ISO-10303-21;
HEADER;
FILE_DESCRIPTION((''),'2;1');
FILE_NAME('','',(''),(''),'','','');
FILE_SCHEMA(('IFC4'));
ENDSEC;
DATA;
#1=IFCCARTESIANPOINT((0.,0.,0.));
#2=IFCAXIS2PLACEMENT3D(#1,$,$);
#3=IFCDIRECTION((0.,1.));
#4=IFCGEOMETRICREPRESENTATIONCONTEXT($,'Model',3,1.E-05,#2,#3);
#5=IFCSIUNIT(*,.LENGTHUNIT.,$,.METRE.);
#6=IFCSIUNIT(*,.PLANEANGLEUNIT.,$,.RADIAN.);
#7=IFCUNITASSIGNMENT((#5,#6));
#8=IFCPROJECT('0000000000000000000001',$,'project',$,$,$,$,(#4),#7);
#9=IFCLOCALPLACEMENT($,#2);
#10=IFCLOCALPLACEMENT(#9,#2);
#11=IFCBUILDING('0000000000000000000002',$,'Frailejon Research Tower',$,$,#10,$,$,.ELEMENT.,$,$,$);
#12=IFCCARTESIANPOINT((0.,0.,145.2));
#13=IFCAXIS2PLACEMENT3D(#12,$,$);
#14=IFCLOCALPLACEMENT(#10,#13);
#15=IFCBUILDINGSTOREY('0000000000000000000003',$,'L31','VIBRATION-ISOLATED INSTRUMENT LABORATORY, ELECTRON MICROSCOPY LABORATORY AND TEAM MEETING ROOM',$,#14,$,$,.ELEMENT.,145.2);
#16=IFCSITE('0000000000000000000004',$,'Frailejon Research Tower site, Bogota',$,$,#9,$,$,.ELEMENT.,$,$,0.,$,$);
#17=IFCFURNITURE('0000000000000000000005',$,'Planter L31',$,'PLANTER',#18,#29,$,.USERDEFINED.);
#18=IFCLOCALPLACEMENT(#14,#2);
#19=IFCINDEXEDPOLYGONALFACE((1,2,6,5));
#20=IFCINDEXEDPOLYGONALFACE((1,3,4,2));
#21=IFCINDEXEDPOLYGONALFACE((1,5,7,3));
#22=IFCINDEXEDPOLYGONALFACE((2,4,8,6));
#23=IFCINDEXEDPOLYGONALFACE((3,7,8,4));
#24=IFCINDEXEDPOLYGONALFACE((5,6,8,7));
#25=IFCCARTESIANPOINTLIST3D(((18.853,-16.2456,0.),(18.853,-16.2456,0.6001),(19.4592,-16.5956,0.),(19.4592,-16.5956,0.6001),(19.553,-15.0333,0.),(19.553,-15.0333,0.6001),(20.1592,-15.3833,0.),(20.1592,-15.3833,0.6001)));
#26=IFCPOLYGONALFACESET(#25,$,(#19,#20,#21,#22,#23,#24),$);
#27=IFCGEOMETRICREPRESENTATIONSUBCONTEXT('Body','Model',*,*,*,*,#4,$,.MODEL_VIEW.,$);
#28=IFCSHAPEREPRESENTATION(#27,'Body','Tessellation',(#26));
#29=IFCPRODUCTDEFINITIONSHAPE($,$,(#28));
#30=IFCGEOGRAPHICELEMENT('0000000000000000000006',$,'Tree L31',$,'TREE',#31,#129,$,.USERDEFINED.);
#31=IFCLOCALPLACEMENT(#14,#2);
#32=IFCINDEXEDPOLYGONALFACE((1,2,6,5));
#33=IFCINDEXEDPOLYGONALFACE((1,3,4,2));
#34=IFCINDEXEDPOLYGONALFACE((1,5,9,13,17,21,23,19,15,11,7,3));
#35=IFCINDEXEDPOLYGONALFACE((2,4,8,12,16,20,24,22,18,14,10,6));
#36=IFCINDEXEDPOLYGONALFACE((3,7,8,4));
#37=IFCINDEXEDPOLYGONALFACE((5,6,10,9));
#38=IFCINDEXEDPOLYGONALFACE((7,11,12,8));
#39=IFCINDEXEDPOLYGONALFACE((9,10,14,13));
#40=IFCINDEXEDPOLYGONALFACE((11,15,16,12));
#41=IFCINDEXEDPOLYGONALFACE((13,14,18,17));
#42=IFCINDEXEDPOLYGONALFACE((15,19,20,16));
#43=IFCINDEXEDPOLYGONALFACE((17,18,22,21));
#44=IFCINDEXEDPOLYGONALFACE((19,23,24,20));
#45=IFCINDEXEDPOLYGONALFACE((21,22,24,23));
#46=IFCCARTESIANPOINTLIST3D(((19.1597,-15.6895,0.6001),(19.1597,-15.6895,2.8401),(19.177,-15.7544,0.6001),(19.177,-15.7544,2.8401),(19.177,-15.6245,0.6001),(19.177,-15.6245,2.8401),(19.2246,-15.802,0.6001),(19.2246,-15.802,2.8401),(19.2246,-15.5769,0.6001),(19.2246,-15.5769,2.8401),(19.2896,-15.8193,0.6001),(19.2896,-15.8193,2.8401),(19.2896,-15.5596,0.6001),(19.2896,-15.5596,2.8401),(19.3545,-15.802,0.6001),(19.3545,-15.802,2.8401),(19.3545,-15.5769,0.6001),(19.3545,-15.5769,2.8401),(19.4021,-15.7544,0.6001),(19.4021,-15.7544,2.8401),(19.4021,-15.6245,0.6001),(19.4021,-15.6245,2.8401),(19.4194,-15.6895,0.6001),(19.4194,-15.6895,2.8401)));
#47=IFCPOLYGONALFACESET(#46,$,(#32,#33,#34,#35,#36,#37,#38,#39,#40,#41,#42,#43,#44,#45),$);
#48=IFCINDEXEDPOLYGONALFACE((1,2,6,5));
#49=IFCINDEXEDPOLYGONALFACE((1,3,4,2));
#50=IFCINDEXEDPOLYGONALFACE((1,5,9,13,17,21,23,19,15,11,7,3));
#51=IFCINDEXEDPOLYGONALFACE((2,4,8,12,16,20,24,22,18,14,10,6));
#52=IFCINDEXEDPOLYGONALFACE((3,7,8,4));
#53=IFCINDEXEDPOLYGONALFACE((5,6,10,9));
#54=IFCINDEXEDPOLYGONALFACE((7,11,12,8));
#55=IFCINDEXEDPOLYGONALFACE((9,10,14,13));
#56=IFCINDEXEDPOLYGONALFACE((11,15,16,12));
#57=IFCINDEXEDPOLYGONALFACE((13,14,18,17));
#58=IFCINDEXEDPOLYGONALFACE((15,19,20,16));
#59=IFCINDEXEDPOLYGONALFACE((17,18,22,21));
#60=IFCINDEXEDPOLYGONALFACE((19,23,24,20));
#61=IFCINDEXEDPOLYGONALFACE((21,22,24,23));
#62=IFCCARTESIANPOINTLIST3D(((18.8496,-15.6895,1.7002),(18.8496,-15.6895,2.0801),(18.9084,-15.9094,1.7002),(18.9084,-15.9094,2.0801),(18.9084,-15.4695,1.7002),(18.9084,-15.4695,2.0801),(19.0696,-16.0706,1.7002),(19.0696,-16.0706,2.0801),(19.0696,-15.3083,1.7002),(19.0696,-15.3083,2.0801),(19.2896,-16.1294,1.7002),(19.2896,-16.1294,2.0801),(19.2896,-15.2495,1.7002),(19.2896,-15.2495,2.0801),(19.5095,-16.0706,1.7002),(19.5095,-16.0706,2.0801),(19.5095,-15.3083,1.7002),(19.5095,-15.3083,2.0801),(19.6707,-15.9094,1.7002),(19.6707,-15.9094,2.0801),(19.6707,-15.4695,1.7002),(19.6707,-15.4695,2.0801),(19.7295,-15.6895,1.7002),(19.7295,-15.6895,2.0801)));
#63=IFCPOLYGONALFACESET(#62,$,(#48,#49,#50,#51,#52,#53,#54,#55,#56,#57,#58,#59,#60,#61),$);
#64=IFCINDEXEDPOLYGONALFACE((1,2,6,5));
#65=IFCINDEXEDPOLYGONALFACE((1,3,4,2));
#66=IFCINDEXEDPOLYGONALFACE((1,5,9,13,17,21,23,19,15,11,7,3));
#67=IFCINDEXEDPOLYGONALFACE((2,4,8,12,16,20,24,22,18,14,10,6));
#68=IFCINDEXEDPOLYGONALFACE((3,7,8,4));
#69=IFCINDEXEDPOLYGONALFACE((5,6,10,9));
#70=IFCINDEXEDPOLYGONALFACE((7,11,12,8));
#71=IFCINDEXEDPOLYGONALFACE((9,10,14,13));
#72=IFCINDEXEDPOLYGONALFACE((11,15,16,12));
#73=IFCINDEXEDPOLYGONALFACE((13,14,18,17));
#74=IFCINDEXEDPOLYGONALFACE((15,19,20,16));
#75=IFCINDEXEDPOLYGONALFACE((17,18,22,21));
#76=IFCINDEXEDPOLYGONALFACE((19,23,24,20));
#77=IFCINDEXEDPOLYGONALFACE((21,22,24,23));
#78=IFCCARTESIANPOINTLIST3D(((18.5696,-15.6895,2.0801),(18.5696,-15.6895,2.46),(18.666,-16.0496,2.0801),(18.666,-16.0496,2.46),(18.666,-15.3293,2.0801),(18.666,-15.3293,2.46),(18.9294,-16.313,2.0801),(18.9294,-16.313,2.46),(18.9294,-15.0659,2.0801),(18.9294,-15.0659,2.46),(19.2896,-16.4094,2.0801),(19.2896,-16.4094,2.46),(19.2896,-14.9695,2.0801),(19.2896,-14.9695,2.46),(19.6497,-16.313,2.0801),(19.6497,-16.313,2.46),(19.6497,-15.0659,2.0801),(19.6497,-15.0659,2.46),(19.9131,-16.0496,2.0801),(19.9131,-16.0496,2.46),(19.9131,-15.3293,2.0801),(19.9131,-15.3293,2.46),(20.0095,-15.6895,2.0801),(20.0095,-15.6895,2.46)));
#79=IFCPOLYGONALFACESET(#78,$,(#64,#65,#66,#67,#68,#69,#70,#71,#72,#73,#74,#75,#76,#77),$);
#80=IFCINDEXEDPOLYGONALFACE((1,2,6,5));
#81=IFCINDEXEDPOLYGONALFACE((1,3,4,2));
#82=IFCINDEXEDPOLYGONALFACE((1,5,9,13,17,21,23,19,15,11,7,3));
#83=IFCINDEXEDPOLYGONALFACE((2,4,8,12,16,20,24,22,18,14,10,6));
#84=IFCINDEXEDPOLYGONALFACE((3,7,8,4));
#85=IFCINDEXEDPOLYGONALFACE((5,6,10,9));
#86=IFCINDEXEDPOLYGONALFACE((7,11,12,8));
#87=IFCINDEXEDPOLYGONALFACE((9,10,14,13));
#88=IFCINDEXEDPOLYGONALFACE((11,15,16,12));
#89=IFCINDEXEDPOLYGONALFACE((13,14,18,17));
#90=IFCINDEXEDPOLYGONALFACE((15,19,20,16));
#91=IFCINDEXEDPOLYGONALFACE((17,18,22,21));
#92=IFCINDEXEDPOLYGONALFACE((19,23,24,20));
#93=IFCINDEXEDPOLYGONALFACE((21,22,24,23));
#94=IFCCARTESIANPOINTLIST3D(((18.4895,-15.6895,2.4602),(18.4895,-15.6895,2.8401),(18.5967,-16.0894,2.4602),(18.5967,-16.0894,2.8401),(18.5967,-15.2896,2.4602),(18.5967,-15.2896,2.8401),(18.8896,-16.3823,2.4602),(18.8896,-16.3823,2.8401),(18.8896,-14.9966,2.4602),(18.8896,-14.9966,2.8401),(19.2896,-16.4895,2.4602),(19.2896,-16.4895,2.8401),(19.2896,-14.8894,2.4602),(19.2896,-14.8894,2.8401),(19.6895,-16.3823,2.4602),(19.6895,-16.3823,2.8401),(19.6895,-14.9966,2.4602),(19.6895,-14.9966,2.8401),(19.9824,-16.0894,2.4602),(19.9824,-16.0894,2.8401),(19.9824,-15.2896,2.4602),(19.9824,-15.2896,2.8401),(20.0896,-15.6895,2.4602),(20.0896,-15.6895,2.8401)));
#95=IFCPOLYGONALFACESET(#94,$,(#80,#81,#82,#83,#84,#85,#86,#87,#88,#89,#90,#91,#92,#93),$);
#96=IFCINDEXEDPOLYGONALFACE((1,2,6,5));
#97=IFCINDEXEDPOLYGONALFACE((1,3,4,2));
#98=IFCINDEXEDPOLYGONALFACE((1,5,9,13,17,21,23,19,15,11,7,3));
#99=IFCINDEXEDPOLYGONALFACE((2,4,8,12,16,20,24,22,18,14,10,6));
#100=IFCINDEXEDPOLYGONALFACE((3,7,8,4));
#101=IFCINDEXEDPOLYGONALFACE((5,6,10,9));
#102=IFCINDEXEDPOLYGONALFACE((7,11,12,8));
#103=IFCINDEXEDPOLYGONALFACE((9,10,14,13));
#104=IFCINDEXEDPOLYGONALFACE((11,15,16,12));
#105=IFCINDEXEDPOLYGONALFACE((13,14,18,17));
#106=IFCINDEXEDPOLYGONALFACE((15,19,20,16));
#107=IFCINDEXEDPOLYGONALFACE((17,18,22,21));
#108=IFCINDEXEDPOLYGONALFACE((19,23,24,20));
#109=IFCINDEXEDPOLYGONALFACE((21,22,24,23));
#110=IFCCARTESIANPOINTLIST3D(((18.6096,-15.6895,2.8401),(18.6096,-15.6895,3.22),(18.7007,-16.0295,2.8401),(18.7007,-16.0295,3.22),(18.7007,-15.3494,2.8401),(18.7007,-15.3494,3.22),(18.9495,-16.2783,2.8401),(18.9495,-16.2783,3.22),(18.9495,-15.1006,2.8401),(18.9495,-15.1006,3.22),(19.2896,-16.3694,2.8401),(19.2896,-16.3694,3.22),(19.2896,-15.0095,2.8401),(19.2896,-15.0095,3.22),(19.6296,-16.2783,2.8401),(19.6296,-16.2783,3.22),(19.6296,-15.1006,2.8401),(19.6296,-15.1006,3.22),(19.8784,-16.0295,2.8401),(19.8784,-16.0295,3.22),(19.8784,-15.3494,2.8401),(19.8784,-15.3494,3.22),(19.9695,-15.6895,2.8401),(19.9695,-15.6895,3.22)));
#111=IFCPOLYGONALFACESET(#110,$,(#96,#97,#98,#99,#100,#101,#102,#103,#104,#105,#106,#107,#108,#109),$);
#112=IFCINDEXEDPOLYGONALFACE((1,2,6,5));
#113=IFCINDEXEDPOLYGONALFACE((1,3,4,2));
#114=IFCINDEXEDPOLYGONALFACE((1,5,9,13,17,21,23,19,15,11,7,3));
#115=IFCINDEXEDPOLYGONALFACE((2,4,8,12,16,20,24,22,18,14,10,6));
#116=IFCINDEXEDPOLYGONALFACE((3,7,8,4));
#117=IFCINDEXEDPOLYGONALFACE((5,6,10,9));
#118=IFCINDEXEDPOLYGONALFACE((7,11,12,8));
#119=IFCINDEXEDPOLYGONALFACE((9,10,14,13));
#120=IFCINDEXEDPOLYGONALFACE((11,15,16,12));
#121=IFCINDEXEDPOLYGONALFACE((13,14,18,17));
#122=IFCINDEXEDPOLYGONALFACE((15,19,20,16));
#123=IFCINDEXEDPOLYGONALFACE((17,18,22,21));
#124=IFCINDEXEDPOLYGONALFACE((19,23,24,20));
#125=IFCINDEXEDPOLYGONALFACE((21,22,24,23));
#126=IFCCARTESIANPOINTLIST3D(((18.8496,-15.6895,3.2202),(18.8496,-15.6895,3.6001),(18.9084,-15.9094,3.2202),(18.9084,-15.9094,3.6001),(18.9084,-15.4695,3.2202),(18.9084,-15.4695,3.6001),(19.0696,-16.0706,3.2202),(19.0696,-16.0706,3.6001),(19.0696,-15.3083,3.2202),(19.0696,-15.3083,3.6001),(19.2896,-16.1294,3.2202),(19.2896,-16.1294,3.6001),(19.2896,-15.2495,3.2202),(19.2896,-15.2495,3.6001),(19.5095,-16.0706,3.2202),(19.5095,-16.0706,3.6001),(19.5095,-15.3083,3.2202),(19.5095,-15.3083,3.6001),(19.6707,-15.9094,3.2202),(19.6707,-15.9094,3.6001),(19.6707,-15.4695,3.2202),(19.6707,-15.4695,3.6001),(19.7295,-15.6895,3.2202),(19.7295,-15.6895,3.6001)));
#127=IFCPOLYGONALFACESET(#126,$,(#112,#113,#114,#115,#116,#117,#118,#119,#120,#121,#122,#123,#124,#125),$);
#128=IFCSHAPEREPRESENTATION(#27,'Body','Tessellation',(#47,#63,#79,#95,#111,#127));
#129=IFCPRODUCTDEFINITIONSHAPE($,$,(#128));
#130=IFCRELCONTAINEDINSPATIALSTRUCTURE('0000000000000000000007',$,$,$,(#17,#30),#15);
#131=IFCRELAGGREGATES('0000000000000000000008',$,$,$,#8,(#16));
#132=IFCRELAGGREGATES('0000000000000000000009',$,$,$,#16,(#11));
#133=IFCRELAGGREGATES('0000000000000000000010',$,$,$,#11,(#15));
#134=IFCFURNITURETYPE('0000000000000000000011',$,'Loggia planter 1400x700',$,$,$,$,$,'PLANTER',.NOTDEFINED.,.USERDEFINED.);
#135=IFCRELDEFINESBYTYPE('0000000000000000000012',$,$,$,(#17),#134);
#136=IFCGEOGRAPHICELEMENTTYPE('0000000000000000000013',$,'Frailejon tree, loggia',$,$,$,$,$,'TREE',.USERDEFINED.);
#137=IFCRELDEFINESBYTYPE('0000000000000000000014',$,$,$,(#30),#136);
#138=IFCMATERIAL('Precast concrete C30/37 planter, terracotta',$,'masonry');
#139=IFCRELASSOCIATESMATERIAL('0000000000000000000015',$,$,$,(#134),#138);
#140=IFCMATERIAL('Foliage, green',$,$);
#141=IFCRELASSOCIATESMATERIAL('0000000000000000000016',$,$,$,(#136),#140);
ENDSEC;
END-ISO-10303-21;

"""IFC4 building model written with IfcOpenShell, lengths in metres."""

from ifc_helpers import new_model, si_unit, direction, frame, origin, origin_2d, place, context, subcontext, project, spatial, polyline, rectangle, outline, extrude, material, type_object, element, save


model = new_model("IFC4")

# Units and contexts
model_context = context("Model", 3, precision=1e-05, world=origin(), true_north=direction((0.0, 1.0)))
body_context = subcontext(model_context, "Body", "Model", "MODEL_VIEW")
ifc_project = project(units=[si_unit("LENGTHUNIT", "METRE"), si_unit("PLANEANGLEUNIT", "RADIAN")], contexts=[model_context])

# Site, building, storey
site_placement = place(None, origin())
site = spatial("IfcSite", under=ifc_project, at=site_placement, Name="Frailejon Research Tower site, Bogota", CompositionType="ELEMENT", RefElevation=0.0)
building_placement = place(site_placement, origin())
building = spatial("IfcBuilding", under=site, at=building_placement, Name="Frailejon Research Tower", CompositionType="ELEMENT")
storey_placement = place(building_placement, frame((0.0, 0.0, 145.2)))
storey = spatial("IfcBuildingStorey", under=building, at=storey_placement, Name="L31", Description="VIBRATION-ISOLATED INSTRUMENT LABORATORY, ELECTRON MICROSCOPY LABORATORY AND TEAM MEETING ROOM", CompositionType="ELEMENT", Elevation=145.2)

# Furniture
ifc_material_1 = material(Name="Precast concrete C30/37 planter, terracotta", Category="masonry")
furniture_type = type_object("IfcFurnitureType", Name="Loggia planter 1400x700", ElementType="PLANTER", AssemblyPlace="NOTDEFINED", PredefinedType="USERDEFINED", material=ifc_material_1)
furniture_placement = place(storey_placement, frame((19.5061, -15.8145, 0.0), z_axis=(0.0, 0.0, 1.0), x_axis=(0.5, 0.866025, 0.0)))
element("IfcFurniture", 1, at=furniture_placement, inside=storey, type_object=furniture_type, Name="Planter L31", ObjectType="PLANTER", PredefinedType="USERDEFINED", context=body_context, shape_type="SweptSolid", body=[
    extrude(rectangle(XDim=1.3999, YDim=0.7, at=origin_2d()), origin(), (0.0, 0.0, 1.0), 0.6001),
])

# Geographic element
ifc_material_2 = material(Name="Foliage, green")
geographic_element_type = type_object("IfcGeographicElementType", Name="Frailejon tree, loggia", ElementType="TREE", PredefinedType="USERDEFINED", material=ifc_material_2)
geographic_element_placement = place(storey_placement, frame((19.2896, -15.6895, 0.6001)))
element("IfcGeographicElement", 2, at=geographic_element_placement, inside=storey, type_object=geographic_element_type, Name="Tree L31", ObjectType="TREE", PredefinedType="USERDEFINED", context=body_context, shape_type="SweptSolid", body=[
    extrude(outline(polyline([(0.1299, 0.0), (0.1125, 0.0649), (0.0649, 0.1125), (0.0, 0.1299), (-0.0649, 0.1125), (-0.1125, 0.0649), (-0.1299, 0.0), (-0.1125, -0.0649), (-0.0649, -0.1125), (0.0, -0.1299), (0.0649, -0.1125), (0.1125, -0.0649), (0.1299, 0.0)])), origin(), (0.0, 0.0, 1.0), 2.24),
    extrude(outline(polyline([(0.4399, 0.0), (0.3811, 0.22), (0.22, 0.3811), (0.0, 0.4399), (-0.22, 0.3811), (-0.3811, 0.22), (-0.4399, 0.0), (-0.3811, -0.22), (-0.22, -0.3811), (0.0, -0.4399), (0.22, -0.3811), (0.3811, -0.22), (0.4399, 0.0)])), frame((0.0, 0.0, 1.1001)), (0.0, 0.0, 1.0), 0.3799),
    extrude(outline(polyline([(0.72, 0.0), (0.6235, 0.3601), (0.3601, 0.6235), (0.0, 0.72), (-0.3601, 0.6235), (-0.6235, 0.3601), (-0.72, 0.0), (-0.6235, -0.3601), (-0.3601, -0.6235), (0.0, -0.72), (0.3601, -0.6235), (0.6235, -0.3601), (0.72, 0.0)])), frame((0.0, 0.0, 1.48)), (0.0, 0.0, 1.0), 0.3799),
    extrude(outline(polyline([(0.8, 0.0), (0.6929, 0.3999), (0.3999, 0.6929), (0.0, 0.8), (-0.3999, 0.6929), (-0.6929, 0.3999), (-0.8, 0.0), (-0.6929, -0.3999), (-0.3999, -0.6929), (0.0, -0.8), (0.3999, -0.6929), (0.6929, -0.3999), (0.8, 0.0)])), frame((0.0, 0.0, 1.8601)), (0.0, 0.0, 1.0), 0.3799),
    extrude(outline(polyline([(0.6799, 0.0), (0.5889, 0.3401), (0.3401, 0.5889), (0.0, 0.6799), (-0.3401, 0.5889), (-0.5889, 0.3401), (-0.6799, 0.0), (-0.5889, -0.3401), (-0.3401, -0.5889), (0.0, -0.6799), (0.3401, -0.5889), (0.5889, -0.3401), (0.6799, 0.0)])), frame((0.0, 0.0, 2.24)), (0.0, 0.0, 1.0), 0.3799),
    extrude(outline(polyline([(0.4399, 0.0), (0.3811, 0.22), (0.22, 0.3811), (0.0, 0.4399), (-0.22, 0.3811), (-0.3811, 0.22), (-0.4399, 0.0), (-0.3811, -0.22), (-0.22, -0.3811), (0.0, -0.4399), (0.22, -0.3811), (0.3811, -0.22), (0.4399, 0.0)])), frame((0.0, 0.0, 2.6201)), (0.0, 0.0, 1.0), 0.3799),
])

save(model, "model.ifc")
